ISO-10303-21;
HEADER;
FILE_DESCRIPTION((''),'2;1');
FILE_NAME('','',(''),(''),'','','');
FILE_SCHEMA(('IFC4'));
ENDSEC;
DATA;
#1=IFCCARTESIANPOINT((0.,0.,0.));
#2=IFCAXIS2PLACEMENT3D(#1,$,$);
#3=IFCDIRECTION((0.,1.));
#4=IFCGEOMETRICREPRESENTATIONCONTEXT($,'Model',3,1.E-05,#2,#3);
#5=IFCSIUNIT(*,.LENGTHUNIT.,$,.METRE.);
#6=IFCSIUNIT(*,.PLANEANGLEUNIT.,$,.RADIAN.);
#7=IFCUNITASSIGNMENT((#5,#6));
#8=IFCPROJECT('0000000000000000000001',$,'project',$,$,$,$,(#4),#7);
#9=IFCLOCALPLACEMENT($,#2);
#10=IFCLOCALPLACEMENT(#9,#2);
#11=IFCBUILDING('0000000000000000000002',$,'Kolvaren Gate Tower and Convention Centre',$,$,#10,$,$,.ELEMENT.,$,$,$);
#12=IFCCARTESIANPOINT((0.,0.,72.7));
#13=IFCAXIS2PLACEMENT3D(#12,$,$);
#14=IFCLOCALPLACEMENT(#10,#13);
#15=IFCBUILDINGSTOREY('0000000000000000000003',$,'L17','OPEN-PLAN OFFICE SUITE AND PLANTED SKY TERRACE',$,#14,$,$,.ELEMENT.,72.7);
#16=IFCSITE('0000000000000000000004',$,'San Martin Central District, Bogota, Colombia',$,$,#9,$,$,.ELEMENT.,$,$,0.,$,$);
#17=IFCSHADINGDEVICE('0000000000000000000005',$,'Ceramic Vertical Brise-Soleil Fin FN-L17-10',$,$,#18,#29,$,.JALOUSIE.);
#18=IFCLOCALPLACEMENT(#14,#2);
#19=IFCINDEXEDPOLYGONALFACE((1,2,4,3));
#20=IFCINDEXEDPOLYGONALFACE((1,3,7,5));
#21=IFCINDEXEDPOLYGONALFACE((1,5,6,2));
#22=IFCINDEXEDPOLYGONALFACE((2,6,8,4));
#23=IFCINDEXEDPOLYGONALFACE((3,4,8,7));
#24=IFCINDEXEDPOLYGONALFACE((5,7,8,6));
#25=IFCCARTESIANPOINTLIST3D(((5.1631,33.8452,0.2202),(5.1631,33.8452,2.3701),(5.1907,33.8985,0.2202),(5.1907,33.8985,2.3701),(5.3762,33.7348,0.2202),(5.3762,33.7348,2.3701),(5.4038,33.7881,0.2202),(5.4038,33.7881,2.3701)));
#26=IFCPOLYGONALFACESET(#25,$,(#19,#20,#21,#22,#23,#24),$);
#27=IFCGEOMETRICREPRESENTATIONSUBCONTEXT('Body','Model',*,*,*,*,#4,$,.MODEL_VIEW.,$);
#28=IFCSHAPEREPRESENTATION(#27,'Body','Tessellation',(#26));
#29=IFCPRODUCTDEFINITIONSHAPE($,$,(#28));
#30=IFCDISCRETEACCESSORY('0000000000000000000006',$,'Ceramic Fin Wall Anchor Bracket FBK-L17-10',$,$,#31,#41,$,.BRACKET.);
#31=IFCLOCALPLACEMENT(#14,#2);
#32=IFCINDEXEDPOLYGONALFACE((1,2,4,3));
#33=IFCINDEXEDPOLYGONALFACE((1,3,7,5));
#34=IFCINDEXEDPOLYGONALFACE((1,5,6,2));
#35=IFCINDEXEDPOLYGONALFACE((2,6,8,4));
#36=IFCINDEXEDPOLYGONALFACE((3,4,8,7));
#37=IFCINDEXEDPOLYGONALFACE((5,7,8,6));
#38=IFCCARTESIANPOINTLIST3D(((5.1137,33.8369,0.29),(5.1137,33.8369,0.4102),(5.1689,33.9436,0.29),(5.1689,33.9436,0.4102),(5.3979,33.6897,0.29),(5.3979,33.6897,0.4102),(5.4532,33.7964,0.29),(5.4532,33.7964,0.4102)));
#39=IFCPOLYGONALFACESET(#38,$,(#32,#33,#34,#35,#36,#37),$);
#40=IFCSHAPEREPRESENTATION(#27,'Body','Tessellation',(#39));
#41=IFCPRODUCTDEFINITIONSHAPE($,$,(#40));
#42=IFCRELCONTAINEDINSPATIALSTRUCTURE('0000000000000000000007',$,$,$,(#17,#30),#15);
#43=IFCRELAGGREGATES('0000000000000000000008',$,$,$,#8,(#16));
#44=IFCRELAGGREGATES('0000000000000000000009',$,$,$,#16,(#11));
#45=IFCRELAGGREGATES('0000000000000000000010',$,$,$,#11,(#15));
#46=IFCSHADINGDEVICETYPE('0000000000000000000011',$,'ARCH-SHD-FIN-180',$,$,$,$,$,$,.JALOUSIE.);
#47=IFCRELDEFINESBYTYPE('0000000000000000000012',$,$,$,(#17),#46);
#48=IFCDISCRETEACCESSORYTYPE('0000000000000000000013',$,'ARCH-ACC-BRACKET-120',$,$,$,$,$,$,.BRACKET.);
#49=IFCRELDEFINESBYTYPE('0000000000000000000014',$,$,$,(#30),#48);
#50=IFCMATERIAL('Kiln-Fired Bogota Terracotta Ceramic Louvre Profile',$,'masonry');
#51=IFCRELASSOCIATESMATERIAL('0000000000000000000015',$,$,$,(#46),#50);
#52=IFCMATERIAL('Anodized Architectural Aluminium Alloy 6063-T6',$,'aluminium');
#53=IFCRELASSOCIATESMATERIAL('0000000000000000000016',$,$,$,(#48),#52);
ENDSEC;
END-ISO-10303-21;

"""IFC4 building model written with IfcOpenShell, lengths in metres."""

from ifc_helpers import new_model, si_unit, direction, frame, origin, origin_2d, place, context, subcontext, project, spatial, rectangle, extrude, material, type_object, element, save


model = new_model("IFC4")

# Units and contexts
model_context = context("Model", 3, precision=1e-05, world=origin(), true_north=direction((0.0, 1.0)))
body_context = subcontext(model_context, "Body", "Model", "MODEL_VIEW")
ifc_project = project(units=[si_unit("LENGTHUNIT", "METRE"), si_unit("PLANEANGLEUNIT", "RADIAN")], contexts=[model_context])

# Site, building, storey
site_placement = place(None, origin())
site = spatial("IfcSite", under=ifc_project, at=site_placement, Name="San Martin Central District, Bogota, Colombia", CompositionType="ELEMENT", RefElevation=0.0)
building_placement = place(site_placement, origin())
building = spatial("IfcBuilding", under=site, at=building_placement, Name="Kolvaren Gate Tower and Convention Centre", CompositionType="ELEMENT")
storey_placement = place(building_placement, frame((0.0, 0.0, 72.7)))
storey = spatial("IfcBuildingStorey", under=building, at=storey_placement, Name="L17", Description="OPEN-PLAN OFFICE SUITE AND PLANTED SKY TERRACE", CompositionType="ELEMENT", Elevation=72.7)

# Shared definitions
ifc_material_1 = material(Name="Anodized Architectural Aluminium Alloy 6063-T6", Category="aluminium")

# Shading device
ifc_material_2 = material(Name="Kiln-Fired Bogota Terracotta Ceramic Louvre Profile", Category="masonry")
shading_device_type = type_object("IfcShadingDeviceType", Name="ARCH-SHD-FIN-180", PredefinedType="JALOUSIE", material=ifc_material_2)
shading_device_placement = place(storey_placement, frame((5.2834, 33.8167, 0.2202), z_axis=(0.0, 0.0, 1.0), x_axis=(0.459802, 0.888022, 0.0)))
element("IfcShadingDevice", 1, at=shading_device_placement, inside=storey, type_object=shading_device_type, Name="Ceramic Vertical Brise-Soleil Fin FN-L17-10", PredefinedType="JALOUSIE", context=body_context, shape_type="SweptSolid", body=[
    extrude(rectangle(XDim=0.0601, YDim=0.24, at=origin_2d()), origin(), (0.0, 0.0, 1.0), 2.1499),
])

# Discrete accessory
discrete_accessory_type = type_object("IfcDiscreteAccessoryType", Name="ARCH-ACC-BRACKET-120", PredefinedType="BRACKET", material=ifc_material_1)
discrete_accessory_placement = place(storey_placement, frame((5.2834, 33.8167, 0.29), z_axis=(0.0, 0.0, 1.0), x_axis=(0.459802, 0.888022, 0.0)))
element("IfcDiscreteAccessory", 2, at=discrete_accessory_placement, inside=storey, type_object=discrete_accessory_type, Name="Ceramic Fin Wall Anchor Bracket FBK-L17-10", PredefinedType="BRACKET", context=body_context, shape_type="SweptSolid", body=[
    extrude(rectangle(XDim=0.1201, YDim=0.3201, at=origin_2d()), origin(), (0.0, 0.0, 1.0), 0.1201),
])

save(model, "model.ifc")
